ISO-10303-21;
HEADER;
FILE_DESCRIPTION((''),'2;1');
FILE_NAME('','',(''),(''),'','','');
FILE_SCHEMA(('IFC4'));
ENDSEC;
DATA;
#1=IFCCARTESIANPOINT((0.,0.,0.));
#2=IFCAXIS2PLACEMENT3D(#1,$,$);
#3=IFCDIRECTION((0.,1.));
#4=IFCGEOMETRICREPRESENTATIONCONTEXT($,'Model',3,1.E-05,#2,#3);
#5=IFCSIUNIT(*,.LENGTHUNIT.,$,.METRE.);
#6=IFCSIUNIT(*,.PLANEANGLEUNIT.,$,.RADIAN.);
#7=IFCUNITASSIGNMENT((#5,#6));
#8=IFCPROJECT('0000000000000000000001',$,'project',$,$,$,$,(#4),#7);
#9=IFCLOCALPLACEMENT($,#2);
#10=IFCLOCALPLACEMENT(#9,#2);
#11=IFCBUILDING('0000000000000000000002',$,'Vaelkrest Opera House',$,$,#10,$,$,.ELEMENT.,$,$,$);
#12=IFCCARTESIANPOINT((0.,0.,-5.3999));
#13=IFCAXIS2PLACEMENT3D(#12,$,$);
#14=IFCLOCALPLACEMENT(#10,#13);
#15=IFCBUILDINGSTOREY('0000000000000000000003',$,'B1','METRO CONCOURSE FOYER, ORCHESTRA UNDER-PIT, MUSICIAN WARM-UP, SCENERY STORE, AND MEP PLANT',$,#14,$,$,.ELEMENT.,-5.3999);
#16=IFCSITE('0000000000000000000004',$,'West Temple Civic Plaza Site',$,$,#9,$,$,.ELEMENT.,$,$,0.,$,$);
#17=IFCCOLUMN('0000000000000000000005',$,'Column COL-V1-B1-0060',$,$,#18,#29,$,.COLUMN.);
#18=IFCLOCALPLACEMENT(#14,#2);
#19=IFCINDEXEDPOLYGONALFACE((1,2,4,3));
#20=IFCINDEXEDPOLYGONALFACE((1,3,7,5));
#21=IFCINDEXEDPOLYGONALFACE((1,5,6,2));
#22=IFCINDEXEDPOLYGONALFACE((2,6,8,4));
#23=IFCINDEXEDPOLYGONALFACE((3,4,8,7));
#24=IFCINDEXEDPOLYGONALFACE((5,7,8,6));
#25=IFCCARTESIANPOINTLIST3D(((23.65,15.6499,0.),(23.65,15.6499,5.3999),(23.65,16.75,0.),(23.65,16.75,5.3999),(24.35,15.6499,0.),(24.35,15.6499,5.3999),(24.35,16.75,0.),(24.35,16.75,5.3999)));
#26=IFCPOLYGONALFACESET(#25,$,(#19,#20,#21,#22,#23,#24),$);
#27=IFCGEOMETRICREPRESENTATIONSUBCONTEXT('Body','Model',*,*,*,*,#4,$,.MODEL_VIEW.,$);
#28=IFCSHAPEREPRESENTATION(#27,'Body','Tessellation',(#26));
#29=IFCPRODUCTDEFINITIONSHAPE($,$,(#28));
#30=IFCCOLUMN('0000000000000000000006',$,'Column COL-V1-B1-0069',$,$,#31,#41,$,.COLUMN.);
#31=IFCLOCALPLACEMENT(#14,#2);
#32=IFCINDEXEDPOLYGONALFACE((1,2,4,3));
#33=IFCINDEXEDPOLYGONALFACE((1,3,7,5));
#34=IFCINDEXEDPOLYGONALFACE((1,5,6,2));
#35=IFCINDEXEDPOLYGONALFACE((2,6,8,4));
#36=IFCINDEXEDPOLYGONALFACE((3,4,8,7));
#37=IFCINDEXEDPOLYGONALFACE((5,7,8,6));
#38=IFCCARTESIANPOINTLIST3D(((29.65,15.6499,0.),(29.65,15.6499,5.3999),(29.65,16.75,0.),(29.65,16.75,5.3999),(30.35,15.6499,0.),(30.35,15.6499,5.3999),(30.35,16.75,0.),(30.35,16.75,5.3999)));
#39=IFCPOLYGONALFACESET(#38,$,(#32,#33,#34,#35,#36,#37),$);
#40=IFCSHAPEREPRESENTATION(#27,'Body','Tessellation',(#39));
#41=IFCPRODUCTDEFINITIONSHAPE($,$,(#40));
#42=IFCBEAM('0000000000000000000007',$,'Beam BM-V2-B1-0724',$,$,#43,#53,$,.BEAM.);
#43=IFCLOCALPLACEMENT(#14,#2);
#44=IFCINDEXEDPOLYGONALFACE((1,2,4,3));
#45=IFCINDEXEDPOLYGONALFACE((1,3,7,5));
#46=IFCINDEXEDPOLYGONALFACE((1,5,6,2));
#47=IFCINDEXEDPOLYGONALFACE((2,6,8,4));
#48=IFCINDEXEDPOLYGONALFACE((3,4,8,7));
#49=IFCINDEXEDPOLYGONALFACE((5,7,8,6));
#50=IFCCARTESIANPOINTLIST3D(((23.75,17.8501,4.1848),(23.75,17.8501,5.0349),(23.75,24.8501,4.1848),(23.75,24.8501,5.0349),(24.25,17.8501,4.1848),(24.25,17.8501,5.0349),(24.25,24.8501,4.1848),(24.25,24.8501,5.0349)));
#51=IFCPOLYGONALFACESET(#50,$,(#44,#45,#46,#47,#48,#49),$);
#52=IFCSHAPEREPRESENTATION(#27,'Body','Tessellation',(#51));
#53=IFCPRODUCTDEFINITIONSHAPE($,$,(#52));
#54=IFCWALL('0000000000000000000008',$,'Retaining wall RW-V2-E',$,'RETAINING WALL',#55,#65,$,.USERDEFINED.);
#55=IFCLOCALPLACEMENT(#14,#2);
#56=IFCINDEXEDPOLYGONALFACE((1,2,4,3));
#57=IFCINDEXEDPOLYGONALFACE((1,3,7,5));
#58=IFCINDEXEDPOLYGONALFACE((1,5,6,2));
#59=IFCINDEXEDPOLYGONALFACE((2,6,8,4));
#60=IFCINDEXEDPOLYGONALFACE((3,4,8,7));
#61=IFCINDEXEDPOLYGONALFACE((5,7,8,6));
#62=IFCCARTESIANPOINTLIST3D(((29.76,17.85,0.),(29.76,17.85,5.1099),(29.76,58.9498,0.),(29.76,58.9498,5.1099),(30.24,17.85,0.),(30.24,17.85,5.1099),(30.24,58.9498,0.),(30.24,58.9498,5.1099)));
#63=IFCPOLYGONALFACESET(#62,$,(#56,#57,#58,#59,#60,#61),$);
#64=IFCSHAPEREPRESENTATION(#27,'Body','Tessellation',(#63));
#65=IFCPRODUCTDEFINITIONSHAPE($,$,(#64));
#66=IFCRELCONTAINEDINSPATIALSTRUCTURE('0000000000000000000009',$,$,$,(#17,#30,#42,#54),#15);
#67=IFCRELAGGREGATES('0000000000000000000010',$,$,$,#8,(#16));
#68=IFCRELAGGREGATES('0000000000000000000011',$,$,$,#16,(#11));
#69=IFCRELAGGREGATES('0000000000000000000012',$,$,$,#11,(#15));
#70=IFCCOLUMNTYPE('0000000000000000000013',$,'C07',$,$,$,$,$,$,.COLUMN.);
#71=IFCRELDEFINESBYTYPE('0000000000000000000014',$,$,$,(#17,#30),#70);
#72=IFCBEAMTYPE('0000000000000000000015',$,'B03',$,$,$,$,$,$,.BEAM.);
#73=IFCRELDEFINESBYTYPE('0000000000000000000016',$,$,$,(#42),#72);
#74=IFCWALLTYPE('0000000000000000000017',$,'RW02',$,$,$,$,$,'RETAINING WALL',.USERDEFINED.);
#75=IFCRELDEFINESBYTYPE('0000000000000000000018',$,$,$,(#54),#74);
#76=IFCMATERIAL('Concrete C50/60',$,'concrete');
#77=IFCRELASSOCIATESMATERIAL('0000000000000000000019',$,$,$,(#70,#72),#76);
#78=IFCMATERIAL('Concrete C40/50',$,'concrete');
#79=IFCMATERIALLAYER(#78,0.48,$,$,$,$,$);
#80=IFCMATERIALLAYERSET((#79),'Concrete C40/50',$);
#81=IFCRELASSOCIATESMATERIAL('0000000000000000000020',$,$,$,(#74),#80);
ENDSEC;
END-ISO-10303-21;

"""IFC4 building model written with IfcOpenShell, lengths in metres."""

from ifc_helpers import new_model, si_unit, direction, frame, frame_2d, origin, origin_2d, place, context, subcontext, project, spatial, rectangle, extrude, material, layer, layer_set, material_profile, profile_set, type_object, element, save


model = new_model("IFC4")

# Units and contexts
model_context = context("Model", 3, precision=1e-05, world=origin(), true_north=direction((0.0, 1.0)))
body_context = subcontext(model_context, "Body", "Model", "MODEL_VIEW")
ifc_project = project(units=[si_unit("LENGTHUNIT", "METRE"), si_unit("PLANEANGLEUNIT", "RADIAN")], contexts=[model_context])

# Site, building, storey
site_placement = place(None, origin())
site = spatial("IfcSite", under=ifc_project, at=site_placement, Name="West Temple Civic Plaza Site", CompositionType="ELEMENT", RefElevation=0.0)
building_placement = place(site_placement, origin())
building = spatial("IfcBuilding", under=site, at=building_placement, Name="Vaelkrest Opera House", CompositionType="ELEMENT")
storey_placement = place(building_placement, frame((0.0, 0.0, -5.3999)))
storey = spatial("IfcBuildingStorey", under=building, at=storey_placement, Name="B1", Description="METRO CONCOURSE FOYER, ORCHESTRA UNDER-PIT, MUSICIAN WARM-UP, SCENERY STORE, AND MEP PLANT", CompositionType="ELEMENT", Elevation=-5.3999)

# Shared definitions
ifc_material_1 = material(Name="Concrete C40/50", Category="concrete")

# Columns
ifc_material_2 = material(Name="Concrete C50/60", Category="concrete")
ifc_material_profile_1 = material_profile(ifc_material_2, rectangle(XDim=0.7, YDim=1.1001, at=origin_2d()), Name="RC700X1100")
ifc_profile_set_1 = profile_set([ifc_material_profile_1], Name="Concrete C50/60")
column_type_1 = type_object("IfcColumnType", Name="C07", PredefinedType="COLUMN", material=ifc_profile_set_1)
for number, where, z_axis, x_axis, name in (
    (1, (24.0, 16.2, 0.0), (0.0, 0.0, 1.0), (1.0, 0.0, 0.0), "Column COL-V1-B1-0060"),
    (2, (30.0, 16.2, 0.0), (0.0, 0.0, 1.0), (1.0, 0.0, 0.0), "Column COL-V1-B1-0069"),
):
    element("IfcColumn", number, at=place(storey_placement, frame(where, z_axis=z_axis, x_axis=x_axis)), inside=storey, type_object=column_type_1, Name=name, PredefinedType="COLUMN", context=body_context, shape_type="SweptSolid", body=[
        extrude(rectangle(XDim=0.7, YDim=1.1001, at=origin_2d()), origin(), (0.0, 0.0, 1.0), 5.3999),
    ])

# Beam
ifc_material_profile_2 = material_profile(ifc_material_2, rectangle(XDim=0.5, YDim=0.8501, at=origin_2d()), Name="RCB500X850")
ifc_profile_set_2 = profile_set([ifc_material_profile_2], Name="Concrete C50/60")
beam_type = type_object("IfcBeamType", Name="B03", PredefinedType="BEAM", material=ifc_profile_set_2)
beam_placement = place(storey_placement, frame((24.0, 17.8501, 4.6099), z_axis=(0.0, 1.0, 0.0), x_axis=(-1.0, 0.0, 0.0)))
element("IfcBeam", 3, at=beam_placement, inside=storey, type_object=beam_type, Name="Beam BM-V2-B1-0724", PredefinedType="BEAM", context=body_context, shape_type="SweptSolid", body=[
    extrude(rectangle(XDim=0.5, YDim=0.8501, at=origin_2d()), origin(), (0.0, 0.0, 1.0), 7.0),
])

# Wall
ifc_layer = layer(ifc_material_1, 0.48)
ifc_layer_set = layer_set([ifc_layer], Name="Concrete C40/50")
wall_type = type_object("IfcWallType", Name="RW02", ElementType="RETAINING WALL", PredefinedType="USERDEFINED", material=ifc_layer_set)
wall_placement = place(storey_placement, frame((30.0, 17.8501, 0.0), z_axis=(0.0, 0.0, 1.0), x_axis=(0.0, 1.0, 0.0)))
element("IfcWall", 4, at=wall_placement, inside=storey, type_object=wall_type, Name="Retaining wall RW-V2-E", ObjectType="RETAINING WALL", PredefinedType="USERDEFINED", context=body_context, shape_type="SweptSolid", body=[
    extrude(rectangle(XDim=41.0999, YDim=0.48, at=frame_2d((20.5498, 0.0))), origin(), (0.0, 0.0, 1.0), 5.1099),
])

save(model, "model.ifc")
